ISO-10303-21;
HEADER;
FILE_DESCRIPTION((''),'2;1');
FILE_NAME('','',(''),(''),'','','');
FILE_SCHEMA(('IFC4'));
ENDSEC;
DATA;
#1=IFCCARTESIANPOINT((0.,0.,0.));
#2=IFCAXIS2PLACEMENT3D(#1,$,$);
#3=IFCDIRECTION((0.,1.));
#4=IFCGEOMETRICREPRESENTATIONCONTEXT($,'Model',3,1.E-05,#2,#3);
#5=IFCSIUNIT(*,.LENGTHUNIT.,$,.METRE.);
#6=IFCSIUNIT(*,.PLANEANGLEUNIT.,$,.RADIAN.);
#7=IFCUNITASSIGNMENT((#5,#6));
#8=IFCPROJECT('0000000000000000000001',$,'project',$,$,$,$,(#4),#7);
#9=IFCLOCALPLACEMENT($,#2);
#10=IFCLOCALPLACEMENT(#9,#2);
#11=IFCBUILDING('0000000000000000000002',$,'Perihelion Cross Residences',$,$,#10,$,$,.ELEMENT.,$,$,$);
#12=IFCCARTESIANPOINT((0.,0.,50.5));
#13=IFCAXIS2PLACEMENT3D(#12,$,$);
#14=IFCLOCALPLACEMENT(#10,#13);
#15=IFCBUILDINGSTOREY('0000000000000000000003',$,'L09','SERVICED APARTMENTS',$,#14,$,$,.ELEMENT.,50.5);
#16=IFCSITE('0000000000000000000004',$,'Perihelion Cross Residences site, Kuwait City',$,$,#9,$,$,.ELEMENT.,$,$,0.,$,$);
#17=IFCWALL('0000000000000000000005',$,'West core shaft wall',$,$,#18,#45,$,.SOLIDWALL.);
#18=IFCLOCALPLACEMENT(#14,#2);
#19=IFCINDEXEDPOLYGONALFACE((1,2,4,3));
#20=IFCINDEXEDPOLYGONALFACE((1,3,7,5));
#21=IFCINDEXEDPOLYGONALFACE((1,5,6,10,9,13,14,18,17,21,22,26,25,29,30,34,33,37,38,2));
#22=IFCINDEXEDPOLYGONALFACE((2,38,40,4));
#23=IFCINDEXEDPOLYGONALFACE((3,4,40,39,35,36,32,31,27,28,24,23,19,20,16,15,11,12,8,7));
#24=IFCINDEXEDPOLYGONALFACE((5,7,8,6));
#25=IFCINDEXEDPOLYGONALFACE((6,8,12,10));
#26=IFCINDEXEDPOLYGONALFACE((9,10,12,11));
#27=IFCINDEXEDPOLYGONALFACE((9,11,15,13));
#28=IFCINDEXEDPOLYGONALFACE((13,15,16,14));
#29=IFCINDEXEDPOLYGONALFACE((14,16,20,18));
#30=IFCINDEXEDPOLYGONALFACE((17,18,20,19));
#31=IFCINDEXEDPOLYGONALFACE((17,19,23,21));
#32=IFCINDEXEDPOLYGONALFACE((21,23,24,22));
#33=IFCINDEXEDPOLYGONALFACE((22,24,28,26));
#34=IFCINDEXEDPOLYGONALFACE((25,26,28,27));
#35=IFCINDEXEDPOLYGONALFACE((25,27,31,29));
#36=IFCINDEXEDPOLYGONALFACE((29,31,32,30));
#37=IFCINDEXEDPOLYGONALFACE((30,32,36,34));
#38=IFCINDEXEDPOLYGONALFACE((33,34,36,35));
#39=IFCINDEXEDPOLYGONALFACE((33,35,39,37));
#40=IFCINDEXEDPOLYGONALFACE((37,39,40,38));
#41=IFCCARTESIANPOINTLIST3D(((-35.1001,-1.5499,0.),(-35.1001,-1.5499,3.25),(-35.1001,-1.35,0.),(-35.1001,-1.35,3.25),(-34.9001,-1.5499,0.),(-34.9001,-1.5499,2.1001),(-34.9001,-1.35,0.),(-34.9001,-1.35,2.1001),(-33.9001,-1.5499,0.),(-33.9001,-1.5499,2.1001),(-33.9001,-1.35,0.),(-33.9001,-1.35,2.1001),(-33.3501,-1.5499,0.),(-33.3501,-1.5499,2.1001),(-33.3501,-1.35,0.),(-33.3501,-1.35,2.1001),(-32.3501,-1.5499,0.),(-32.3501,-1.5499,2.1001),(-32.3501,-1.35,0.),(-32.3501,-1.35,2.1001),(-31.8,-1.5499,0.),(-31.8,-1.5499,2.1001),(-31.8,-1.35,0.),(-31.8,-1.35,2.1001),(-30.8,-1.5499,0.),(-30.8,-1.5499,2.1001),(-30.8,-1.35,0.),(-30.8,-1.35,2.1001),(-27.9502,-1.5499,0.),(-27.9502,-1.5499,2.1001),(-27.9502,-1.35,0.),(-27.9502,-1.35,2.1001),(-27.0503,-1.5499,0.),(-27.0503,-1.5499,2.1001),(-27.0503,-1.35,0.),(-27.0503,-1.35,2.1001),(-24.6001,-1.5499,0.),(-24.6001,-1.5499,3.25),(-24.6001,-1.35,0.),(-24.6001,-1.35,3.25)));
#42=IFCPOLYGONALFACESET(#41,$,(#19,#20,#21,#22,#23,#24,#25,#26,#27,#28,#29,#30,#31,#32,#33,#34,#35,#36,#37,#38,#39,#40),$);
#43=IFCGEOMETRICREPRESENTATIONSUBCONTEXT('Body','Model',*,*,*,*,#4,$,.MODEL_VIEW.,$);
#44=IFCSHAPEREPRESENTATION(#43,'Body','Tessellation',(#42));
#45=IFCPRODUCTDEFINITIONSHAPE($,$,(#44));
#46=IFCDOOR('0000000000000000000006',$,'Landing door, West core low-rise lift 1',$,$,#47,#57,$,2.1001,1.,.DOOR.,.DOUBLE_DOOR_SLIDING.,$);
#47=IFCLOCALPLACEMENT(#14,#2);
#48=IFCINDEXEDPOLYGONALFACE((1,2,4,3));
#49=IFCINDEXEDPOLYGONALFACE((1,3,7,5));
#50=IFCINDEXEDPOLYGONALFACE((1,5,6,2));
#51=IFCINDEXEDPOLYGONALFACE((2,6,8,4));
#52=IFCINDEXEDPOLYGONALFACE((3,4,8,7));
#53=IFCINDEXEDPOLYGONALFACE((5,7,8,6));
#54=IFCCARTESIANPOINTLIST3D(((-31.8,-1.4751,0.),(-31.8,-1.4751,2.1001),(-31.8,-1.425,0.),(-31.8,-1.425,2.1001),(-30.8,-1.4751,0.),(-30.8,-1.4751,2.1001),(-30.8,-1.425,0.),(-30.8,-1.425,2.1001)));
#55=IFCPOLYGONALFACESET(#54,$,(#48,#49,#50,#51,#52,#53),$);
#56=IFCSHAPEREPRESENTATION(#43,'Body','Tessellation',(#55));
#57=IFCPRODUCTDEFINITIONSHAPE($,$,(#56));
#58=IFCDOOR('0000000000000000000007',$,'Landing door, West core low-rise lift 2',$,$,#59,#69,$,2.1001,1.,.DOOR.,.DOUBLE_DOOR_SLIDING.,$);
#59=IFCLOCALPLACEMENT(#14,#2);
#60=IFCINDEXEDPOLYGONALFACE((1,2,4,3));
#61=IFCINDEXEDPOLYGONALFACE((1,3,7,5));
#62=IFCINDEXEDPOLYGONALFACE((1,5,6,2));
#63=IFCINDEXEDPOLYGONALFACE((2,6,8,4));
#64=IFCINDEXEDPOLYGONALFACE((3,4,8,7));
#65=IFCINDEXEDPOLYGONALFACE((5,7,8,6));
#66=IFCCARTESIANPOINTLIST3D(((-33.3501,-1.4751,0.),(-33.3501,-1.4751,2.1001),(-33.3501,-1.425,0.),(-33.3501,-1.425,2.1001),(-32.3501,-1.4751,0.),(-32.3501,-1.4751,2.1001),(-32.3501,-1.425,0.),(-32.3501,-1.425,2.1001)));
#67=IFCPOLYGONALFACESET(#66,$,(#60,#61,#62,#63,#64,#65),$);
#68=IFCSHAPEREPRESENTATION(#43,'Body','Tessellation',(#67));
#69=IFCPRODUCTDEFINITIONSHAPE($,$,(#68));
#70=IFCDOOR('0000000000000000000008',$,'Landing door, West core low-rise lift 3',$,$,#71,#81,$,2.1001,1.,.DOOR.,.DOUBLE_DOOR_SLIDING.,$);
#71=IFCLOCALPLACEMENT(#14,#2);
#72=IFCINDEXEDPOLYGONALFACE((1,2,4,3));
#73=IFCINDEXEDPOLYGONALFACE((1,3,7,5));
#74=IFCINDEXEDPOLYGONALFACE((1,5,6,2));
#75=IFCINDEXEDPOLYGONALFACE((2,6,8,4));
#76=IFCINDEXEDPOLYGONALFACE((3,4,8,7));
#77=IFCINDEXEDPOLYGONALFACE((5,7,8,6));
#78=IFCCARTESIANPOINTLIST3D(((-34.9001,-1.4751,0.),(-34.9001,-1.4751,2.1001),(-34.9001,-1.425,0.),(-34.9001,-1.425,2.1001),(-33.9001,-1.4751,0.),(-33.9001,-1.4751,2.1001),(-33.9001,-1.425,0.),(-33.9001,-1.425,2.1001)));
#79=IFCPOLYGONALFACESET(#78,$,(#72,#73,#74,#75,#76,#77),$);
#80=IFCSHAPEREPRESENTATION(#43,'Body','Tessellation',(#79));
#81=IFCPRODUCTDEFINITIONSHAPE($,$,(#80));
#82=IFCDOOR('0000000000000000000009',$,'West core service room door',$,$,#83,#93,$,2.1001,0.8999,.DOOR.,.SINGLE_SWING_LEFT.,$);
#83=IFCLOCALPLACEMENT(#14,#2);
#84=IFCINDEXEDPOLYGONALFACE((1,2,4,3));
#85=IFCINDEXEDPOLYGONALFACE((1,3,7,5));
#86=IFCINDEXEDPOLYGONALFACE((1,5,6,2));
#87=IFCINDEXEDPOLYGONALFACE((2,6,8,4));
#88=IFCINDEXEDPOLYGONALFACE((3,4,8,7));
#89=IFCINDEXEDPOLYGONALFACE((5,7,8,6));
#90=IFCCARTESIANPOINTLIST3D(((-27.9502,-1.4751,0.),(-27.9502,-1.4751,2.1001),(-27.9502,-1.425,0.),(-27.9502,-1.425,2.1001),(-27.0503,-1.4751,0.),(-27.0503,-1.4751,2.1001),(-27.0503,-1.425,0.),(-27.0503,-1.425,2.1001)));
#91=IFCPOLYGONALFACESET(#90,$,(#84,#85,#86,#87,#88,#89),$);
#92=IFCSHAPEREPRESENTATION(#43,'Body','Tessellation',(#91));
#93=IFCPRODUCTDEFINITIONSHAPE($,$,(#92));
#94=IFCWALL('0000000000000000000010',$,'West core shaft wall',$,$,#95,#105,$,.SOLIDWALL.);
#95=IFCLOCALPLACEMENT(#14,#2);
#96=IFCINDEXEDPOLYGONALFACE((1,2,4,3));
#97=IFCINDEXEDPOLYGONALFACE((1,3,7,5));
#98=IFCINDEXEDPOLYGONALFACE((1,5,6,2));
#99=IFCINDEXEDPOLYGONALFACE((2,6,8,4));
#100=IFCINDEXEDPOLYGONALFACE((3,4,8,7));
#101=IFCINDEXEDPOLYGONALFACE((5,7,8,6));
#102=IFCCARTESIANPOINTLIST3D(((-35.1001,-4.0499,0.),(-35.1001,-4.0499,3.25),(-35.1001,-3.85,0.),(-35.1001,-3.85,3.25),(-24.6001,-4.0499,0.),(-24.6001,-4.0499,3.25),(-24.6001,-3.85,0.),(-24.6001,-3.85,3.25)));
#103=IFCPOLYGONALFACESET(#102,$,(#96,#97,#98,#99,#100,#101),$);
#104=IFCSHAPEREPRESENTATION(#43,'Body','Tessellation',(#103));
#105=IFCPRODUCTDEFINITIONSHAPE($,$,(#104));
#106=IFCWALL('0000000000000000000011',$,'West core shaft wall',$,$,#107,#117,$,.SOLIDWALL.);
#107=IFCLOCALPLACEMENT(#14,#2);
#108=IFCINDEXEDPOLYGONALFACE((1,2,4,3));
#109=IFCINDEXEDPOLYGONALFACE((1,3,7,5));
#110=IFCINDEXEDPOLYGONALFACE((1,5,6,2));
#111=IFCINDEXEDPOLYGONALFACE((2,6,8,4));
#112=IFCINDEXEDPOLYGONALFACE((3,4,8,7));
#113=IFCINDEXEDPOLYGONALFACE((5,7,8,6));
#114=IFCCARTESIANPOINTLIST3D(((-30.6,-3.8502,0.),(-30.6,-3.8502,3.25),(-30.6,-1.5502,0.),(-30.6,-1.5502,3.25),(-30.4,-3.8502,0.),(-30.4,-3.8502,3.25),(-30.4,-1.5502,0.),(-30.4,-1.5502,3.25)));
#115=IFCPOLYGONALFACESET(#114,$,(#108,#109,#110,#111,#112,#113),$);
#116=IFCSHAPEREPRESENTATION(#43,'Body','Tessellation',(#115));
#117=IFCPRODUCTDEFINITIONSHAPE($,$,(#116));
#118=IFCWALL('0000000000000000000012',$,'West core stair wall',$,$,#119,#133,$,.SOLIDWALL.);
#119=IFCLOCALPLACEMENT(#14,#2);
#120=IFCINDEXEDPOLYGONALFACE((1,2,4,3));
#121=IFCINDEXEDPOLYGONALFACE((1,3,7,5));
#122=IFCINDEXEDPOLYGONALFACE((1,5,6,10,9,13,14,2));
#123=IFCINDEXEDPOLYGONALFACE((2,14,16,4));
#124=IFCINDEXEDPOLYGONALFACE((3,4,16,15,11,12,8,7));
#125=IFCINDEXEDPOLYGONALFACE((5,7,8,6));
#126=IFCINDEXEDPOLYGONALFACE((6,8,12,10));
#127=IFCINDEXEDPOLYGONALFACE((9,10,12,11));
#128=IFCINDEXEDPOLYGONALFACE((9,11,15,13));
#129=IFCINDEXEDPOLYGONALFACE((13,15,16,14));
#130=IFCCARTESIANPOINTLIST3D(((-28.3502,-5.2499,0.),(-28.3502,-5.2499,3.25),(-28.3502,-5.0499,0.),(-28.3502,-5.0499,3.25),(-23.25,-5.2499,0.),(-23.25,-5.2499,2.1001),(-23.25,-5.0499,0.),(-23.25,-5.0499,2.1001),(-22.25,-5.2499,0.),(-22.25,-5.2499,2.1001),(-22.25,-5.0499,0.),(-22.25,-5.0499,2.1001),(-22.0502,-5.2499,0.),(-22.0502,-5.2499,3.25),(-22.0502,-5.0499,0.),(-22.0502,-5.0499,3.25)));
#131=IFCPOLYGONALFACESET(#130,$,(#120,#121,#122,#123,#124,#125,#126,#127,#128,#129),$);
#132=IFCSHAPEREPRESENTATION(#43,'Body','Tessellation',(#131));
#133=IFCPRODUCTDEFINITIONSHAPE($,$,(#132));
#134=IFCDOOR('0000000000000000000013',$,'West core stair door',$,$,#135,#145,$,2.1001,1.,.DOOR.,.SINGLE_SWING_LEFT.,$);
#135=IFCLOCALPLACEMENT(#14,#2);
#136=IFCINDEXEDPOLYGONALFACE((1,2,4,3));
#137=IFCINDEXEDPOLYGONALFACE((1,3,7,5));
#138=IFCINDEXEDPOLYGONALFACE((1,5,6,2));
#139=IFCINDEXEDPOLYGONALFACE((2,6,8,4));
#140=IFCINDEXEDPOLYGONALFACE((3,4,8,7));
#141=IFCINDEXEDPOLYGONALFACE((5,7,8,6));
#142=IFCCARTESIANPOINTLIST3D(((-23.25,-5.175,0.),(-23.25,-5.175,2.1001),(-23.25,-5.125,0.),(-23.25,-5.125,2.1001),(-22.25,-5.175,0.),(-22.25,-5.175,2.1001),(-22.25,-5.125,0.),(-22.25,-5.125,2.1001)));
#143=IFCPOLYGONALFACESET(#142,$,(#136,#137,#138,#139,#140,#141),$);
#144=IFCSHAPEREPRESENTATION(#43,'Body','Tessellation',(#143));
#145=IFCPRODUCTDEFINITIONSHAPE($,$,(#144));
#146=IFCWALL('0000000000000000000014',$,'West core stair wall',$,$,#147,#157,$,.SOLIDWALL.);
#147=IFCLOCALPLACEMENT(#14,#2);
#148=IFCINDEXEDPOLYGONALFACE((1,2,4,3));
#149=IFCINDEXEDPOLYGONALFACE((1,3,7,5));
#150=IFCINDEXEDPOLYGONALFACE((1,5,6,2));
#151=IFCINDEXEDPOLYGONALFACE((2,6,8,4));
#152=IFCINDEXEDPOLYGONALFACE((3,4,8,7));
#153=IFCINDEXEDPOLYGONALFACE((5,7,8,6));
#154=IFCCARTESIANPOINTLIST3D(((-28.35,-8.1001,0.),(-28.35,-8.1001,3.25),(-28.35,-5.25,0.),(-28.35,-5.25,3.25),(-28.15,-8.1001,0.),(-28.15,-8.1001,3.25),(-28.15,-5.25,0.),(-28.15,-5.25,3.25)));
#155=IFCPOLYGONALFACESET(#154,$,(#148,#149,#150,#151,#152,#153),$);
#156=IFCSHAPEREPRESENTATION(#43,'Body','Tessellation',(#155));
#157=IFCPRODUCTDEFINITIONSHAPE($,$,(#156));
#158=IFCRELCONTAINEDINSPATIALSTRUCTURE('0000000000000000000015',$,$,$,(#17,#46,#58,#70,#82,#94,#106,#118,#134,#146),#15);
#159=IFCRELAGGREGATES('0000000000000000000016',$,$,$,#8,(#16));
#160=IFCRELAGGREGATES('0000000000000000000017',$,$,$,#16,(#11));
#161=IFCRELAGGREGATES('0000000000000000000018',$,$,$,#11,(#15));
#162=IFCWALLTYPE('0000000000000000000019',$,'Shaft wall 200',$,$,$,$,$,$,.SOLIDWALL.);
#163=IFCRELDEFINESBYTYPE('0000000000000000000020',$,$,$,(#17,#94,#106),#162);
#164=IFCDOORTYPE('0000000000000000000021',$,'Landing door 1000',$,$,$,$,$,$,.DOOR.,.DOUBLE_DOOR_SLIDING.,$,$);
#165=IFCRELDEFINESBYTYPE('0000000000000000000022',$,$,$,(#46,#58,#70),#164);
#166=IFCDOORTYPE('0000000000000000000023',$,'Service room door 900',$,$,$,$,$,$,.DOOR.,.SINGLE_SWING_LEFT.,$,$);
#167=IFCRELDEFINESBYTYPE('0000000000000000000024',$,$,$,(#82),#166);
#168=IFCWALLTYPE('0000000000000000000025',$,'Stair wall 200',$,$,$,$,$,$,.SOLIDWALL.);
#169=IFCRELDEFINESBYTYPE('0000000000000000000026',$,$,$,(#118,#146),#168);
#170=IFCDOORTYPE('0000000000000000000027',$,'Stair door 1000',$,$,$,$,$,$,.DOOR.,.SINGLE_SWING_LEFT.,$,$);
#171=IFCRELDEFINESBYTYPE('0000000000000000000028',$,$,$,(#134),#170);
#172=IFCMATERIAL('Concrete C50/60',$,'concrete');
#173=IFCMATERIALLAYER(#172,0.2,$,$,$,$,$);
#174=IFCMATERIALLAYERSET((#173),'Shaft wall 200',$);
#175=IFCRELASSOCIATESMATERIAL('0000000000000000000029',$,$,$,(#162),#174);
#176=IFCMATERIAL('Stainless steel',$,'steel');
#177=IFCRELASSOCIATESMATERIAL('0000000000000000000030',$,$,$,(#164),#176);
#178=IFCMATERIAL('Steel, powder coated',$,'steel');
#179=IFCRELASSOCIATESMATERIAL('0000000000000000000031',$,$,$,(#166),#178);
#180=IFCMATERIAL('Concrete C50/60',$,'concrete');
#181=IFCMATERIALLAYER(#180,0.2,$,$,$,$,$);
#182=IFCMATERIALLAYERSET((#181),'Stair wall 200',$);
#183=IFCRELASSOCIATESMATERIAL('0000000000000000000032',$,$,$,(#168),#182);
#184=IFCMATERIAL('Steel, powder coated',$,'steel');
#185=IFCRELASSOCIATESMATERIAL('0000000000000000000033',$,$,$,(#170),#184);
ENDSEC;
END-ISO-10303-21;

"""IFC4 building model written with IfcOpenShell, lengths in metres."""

from ifc_helpers import new_model, si_unit, direction, frame, frame_2d, origin, place, context, subcontext, project, spatial, rectangle, extrude, material, layer, layer_set, type_object, element, fill, save


model = new_model("IFC4")

# Units and contexts
model_context = context("Model", 3, precision=1e-05, world=origin(), true_north=direction((0.0, 1.0)))
body_context = subcontext(model_context, "Body", "Model", "MODEL_VIEW")
ifc_project = project(units=[si_unit("LENGTHUNIT", "METRE"), si_unit("PLANEANGLEUNIT", "RADIAN")], contexts=[model_context])

# Site, building, storey
site_placement = place(None, origin())
site = spatial("IfcSite", under=ifc_project, at=site_placement, Name="Perihelion Cross Residences site, Kuwait City", CompositionType="ELEMENT", RefElevation=0.0)
building_placement = place(site_placement, origin())
building = spatial("IfcBuilding", under=site, at=building_placement, Name="Perihelion Cross Residences", CompositionType="ELEMENT")
storey_placement = place(building_placement, frame((0.0, 0.0, 50.5)))
storey = spatial("IfcBuildingStorey", under=building, at=storey_placement, Name="L09", Description="SERVICED APARTMENTS", CompositionType="ELEMENT", Elevation=50.5)

# Wall, openings, doors
ifc_material_1 = material(Name="Concrete C50/60", Category="concrete")
ifc_layer_1 = layer(ifc_material_1, 0.2)
ifc_layer_set_1 = layer_set([ifc_layer_1], Name="Shaft wall 200")
wall_type_1 = type_object("IfcWallType", Name="Shaft wall 200", PredefinedType="SOLIDWALL", material=ifc_layer_set_1)
wall_1_placement = place(storey_placement, frame((-35.1001, -1.45, 0.0), z_axis=(0.0, 0.0, 1.0), x_axis=(1.0, 0.0, 0.0)))
wall_1 = element("IfcWall", 1, at=wall_1_placement, inside=storey, type_object=wall_type_1, Name="West core shaft wall", PredefinedType="SOLIDWALL", context=body_context, shape_type="SweptSolid", body=[
    extrude(rectangle(XDim=10.5, YDim=0.2, at=frame_2d((5.25, 0.0))), origin(), (0.0, 0.0, 1.0), 3.25),
])
opening_1_placement = place(wall_1_placement, frame((3.3, 0.0, 0.0)))
opening_1 = element("IfcOpeningElement", 2, at=opening_1_placement, cuts=wall_1, PredefinedType="OPENING", context=body_context, shape_type="SweptSolid", body=[
    extrude(rectangle(XDim=1.0, YDim=2.1001, at=frame_2d((0.5, 1.05))), frame((0.0, 0.1099, 0.0), z_axis=(0.0, -1.0, 0.0), x_axis=(1.0, 0.0, 0.0)), (0.0, 0.0, 1.0), 0.22),
])
opening_2_placement = place(wall_1_placement, frame((1.75, 0.0, 0.0)))
opening_2 = element("IfcOpeningElement", 3, at=opening_2_placement, cuts=wall_1, PredefinedType="OPENING", context=body_context, shape_type="SweptSolid", body=[
    extrude(rectangle(XDim=1.0, YDim=2.1001, at=frame_2d((0.5, 1.05))), frame((0.0, 0.1099, 0.0), z_axis=(0.0, -1.0, 0.0), x_axis=(1.0, 0.0, 0.0)), (0.0, 0.0, 1.0), 0.22),
])
opening_3_placement = place(wall_1_placement, frame((0.2, 0.0, 0.0)))
opening_3 = element("IfcOpeningElement", 4, at=opening_3_placement, cuts=wall_1, PredefinedType="OPENING", context=body_context, shape_type="SweptSolid", body=[
    extrude(rectangle(XDim=1.0, YDim=2.1001, at=frame_2d((0.5, 1.05))), frame((0.0, 0.1099, 0.0), z_axis=(0.0, -1.0, 0.0), x_axis=(1.0, 0.0, 0.0)), (0.0, 0.0, 1.0), 0.22),
])
opening_4_placement = place(wall_1_placement, frame((7.1499, 0.0, 0.0)))
opening_4 = element("IfcOpeningElement", 5, at=opening_4_placement, cuts=wall_1, PredefinedType="OPENING", context=body_context, shape_type="SweptSolid", body=[
    extrude(rectangle(XDim=0.8999, YDim=2.1001, at=frame_2d((0.45, 1.05))), frame((0.0, 0.1099, 0.0), z_axis=(0.0, -1.0, 0.0), x_axis=(1.0, 0.0, 0.0)), (0.0, 0.0, 1.0), 0.22),
])
ifc_material_2 = material(Name="Stainless steel", Category="steel")
door_type_1 = type_object("IfcDoorType", Name="Landing door 1000", OperationType="DOUBLE_DOOR_SLIDING", PredefinedType="DOOR", material=ifc_material_2)
door_1_placement = place(opening_1_placement, origin())
door_1 = element("IfcDoor", 6, at=door_1_placement, inside=storey, type_object=door_type_1, Name="Landing door, West core low-rise lift 1", OperationType="DOUBLE_DOOR_SLIDING", OverallHeight=2.1001, OverallWidth=1.0, PredefinedType="DOOR", context=body_context, shape_type="SweptSolid", body=[
    extrude(rectangle(XDim=1.0, YDim=2.1001, at=frame_2d((0.5, 1.05))), frame((0.0, 0.0249, 0.0), z_axis=(0.0, -1.0, 0.0), x_axis=(1.0, 0.0, 0.0)), (0.0, 0.0, 1.0), 0.05),
])
fill(opening_1, door_1)
door_2_placement = place(opening_2_placement, origin())
door_2 = element("IfcDoor", 7, at=door_2_placement, inside=storey, type_object=door_type_1, Name="Landing door, West core low-rise lift 2", OperationType="DOUBLE_DOOR_SLIDING", OverallHeight=2.1001, OverallWidth=1.0, PredefinedType="DOOR", context=body_context, shape_type="SweptSolid", body=[
    extrude(rectangle(XDim=1.0, YDim=2.1001, at=frame_2d((0.5, 1.05))), frame((0.0, 0.0249, 0.0), z_axis=(0.0, -1.0, 0.0), x_axis=(1.0, 0.0, 0.0)), (0.0, 0.0, 1.0), 0.05),
])
fill(opening_2, door_2)
door_3_placement = place(opening_3_placement, origin())
door_3 = element("IfcDoor", 8, at=door_3_placement, inside=storey, type_object=door_type_1, Name="Landing door, West core low-rise lift 3", OperationType="DOUBLE_DOOR_SLIDING", OverallHeight=2.1001, OverallWidth=1.0, PredefinedType="DOOR", context=body_context, shape_type="SweptSolid", body=[
    extrude(rectangle(XDim=1.0, YDim=2.1001, at=frame_2d((0.5, 1.05))), frame((0.0, 0.0249, 0.0), z_axis=(0.0, -1.0, 0.0), x_axis=(1.0, 0.0, 0.0)), (0.0, 0.0, 1.0), 0.05),
])
fill(opening_3, door_3)
ifc_material_3 = material(Name="Steel, powder coated", Category="steel")
door_type_2 = type_object("IfcDoorType", Name="Service room door 900", OperationType="SINGLE_SWING_LEFT", PredefinedType="DOOR", material=ifc_material_3)
door_4_placement = place(opening_4_placement, origin())
door_4 = element("IfcDoor", 9, at=door_4_placement, inside=storey, type_object=door_type_2, Name="West core service room door", OperationType="SINGLE_SWING_LEFT", OverallHeight=2.1001, OverallWidth=0.8999, PredefinedType="DOOR", context=body_context, shape_type="SweptSolid", body=[
    extrude(rectangle(XDim=0.8999, YDim=2.1001, at=frame_2d((0.45, 1.05))), frame((0.0, 0.0249, 0.0), z_axis=(0.0, -1.0, 0.0), x_axis=(1.0, 0.0, 0.0)), (0.0, 0.0, 1.0), 0.05),
])
fill(opening_4, door_4)

# Walls
wall_2_placement = place(storey_placement, frame((-35.1001, -3.95, 0.0), z_axis=(0.0, 0.0, 1.0), x_axis=(1.0, 0.0, 0.0)))
element("IfcWall", 10, at=wall_2_placement, inside=storey, type_object=wall_type_1, Name="West core shaft wall", PredefinedType="SOLIDWALL", context=body_context, shape_type="SweptSolid", body=[
    extrude(rectangle(XDim=10.5, YDim=0.2, at=frame_2d((5.25, 0.0))), origin(), (0.0, 0.0, 1.0), 3.25),
])
wall_3_placement = place(storey_placement, frame((-30.5, -3.8501, 0.0), z_axis=(0.0, 0.0, 1.0), x_axis=(0.0, 1.0, 0.0)))
element("IfcWall", 11, at=wall_3_placement, inside=storey, type_object=wall_type_1, Name="West core shaft wall", PredefinedType="SOLIDWALL", context=body_context, shape_type="SweptSolid", body=[
    extrude(rectangle(XDim=2.3, YDim=0.2, at=frame_2d((1.1499, 0.0))), origin(), (0.0, 0.0, 1.0), 3.25),
])

# Wall, opening, door
ifc_material_4 = material(Name="Concrete C50/60", Category="concrete")
ifc_layer_2 = layer(ifc_material_4, 0.2)
ifc_layer_set_2 = layer_set([ifc_layer_2], Name="Stair wall 200")
wall_type_2 = type_object("IfcWallType", Name="Stair wall 200", PredefinedType="SOLIDWALL", material=ifc_layer_set_2)
wall_4_placement = place(storey_placement, frame((-28.3501, -5.1499, 0.0), z_axis=(0.0, 0.0, 1.0), x_axis=(1.0, 0.0, 0.0)))
wall_4 = element("IfcWall", 12, at=wall_4_placement, inside=storey, type_object=wall_type_2, Name="West core stair wall", PredefinedType="SOLIDWALL", context=body_context, shape_type="SweptSolid", body=[
    extrude(rectangle(XDim=6.3, YDim=0.2, at=frame_2d((3.1499, 0.0))), origin(), (0.0, 0.0, 1.0), 3.25),
])
opening_5_placement = place(wall_4_placement, frame((5.1001, 0.0, 0.0)))
opening_5 = element("IfcOpeningElement", 13, at=opening_5_placement, cuts=wall_4, PredefinedType="OPENING", context=body_context, shape_type="SweptSolid", body=[
    extrude(rectangle(XDim=1.0, YDim=2.1001, at=frame_2d((0.5, 1.05))), frame((0.0, 0.1099, 0.0), z_axis=(0.0, -1.0, 0.0), x_axis=(1.0, 0.0, 0.0)), (0.0, 0.0, 1.0), 0.22),
])
ifc_material_5 = material(Name="Steel, powder coated", Category="steel")
door_type_3 = type_object("IfcDoorType", Name="Stair door 1000", OperationType="SINGLE_SWING_LEFT", PredefinedType="DOOR", material=ifc_material_5)
door_5_placement = place(opening_5_placement, origin())
door_5 = element("IfcDoor", 14, at=door_5_placement, inside=storey, type_object=door_type_3, Name="West core stair door", OperationType="SINGLE_SWING_LEFT", OverallHeight=2.1001, OverallWidth=1.0, PredefinedType="DOOR", context=body_context, shape_type="SweptSolid", body=[
    extrude(rectangle(XDim=1.0, YDim=2.1001, at=frame_2d((0.5, 1.05))), frame((0.0, 0.0249, 0.0), z_axis=(0.0, -1.0, 0.0), x_axis=(1.0, 0.0, 0.0)), (0.0, 0.0, 1.0), 0.05),
])
fill(opening_5, door_5)

# Wall
wall_5_placement = place(storey_placement, frame((-28.25, -8.1001, 0.0), z_axis=(0.0, 0.0, 1.0), x_axis=(0.0, 1.0, 0.0)))
element("IfcWall", 15, at=wall_5_placement, inside=storey, type_object=wall_type_2, Name="West core stair wall", PredefinedType="SOLIDWALL", context=body_context, shape_type="SweptSolid", body=[
    extrude(rectangle(XDim=2.8501, YDim=0.2, at=frame_2d((1.425, 0.0))), origin(), (0.0, 0.0, 1.0), 3.25),
])

save(model, "model.ifc")
